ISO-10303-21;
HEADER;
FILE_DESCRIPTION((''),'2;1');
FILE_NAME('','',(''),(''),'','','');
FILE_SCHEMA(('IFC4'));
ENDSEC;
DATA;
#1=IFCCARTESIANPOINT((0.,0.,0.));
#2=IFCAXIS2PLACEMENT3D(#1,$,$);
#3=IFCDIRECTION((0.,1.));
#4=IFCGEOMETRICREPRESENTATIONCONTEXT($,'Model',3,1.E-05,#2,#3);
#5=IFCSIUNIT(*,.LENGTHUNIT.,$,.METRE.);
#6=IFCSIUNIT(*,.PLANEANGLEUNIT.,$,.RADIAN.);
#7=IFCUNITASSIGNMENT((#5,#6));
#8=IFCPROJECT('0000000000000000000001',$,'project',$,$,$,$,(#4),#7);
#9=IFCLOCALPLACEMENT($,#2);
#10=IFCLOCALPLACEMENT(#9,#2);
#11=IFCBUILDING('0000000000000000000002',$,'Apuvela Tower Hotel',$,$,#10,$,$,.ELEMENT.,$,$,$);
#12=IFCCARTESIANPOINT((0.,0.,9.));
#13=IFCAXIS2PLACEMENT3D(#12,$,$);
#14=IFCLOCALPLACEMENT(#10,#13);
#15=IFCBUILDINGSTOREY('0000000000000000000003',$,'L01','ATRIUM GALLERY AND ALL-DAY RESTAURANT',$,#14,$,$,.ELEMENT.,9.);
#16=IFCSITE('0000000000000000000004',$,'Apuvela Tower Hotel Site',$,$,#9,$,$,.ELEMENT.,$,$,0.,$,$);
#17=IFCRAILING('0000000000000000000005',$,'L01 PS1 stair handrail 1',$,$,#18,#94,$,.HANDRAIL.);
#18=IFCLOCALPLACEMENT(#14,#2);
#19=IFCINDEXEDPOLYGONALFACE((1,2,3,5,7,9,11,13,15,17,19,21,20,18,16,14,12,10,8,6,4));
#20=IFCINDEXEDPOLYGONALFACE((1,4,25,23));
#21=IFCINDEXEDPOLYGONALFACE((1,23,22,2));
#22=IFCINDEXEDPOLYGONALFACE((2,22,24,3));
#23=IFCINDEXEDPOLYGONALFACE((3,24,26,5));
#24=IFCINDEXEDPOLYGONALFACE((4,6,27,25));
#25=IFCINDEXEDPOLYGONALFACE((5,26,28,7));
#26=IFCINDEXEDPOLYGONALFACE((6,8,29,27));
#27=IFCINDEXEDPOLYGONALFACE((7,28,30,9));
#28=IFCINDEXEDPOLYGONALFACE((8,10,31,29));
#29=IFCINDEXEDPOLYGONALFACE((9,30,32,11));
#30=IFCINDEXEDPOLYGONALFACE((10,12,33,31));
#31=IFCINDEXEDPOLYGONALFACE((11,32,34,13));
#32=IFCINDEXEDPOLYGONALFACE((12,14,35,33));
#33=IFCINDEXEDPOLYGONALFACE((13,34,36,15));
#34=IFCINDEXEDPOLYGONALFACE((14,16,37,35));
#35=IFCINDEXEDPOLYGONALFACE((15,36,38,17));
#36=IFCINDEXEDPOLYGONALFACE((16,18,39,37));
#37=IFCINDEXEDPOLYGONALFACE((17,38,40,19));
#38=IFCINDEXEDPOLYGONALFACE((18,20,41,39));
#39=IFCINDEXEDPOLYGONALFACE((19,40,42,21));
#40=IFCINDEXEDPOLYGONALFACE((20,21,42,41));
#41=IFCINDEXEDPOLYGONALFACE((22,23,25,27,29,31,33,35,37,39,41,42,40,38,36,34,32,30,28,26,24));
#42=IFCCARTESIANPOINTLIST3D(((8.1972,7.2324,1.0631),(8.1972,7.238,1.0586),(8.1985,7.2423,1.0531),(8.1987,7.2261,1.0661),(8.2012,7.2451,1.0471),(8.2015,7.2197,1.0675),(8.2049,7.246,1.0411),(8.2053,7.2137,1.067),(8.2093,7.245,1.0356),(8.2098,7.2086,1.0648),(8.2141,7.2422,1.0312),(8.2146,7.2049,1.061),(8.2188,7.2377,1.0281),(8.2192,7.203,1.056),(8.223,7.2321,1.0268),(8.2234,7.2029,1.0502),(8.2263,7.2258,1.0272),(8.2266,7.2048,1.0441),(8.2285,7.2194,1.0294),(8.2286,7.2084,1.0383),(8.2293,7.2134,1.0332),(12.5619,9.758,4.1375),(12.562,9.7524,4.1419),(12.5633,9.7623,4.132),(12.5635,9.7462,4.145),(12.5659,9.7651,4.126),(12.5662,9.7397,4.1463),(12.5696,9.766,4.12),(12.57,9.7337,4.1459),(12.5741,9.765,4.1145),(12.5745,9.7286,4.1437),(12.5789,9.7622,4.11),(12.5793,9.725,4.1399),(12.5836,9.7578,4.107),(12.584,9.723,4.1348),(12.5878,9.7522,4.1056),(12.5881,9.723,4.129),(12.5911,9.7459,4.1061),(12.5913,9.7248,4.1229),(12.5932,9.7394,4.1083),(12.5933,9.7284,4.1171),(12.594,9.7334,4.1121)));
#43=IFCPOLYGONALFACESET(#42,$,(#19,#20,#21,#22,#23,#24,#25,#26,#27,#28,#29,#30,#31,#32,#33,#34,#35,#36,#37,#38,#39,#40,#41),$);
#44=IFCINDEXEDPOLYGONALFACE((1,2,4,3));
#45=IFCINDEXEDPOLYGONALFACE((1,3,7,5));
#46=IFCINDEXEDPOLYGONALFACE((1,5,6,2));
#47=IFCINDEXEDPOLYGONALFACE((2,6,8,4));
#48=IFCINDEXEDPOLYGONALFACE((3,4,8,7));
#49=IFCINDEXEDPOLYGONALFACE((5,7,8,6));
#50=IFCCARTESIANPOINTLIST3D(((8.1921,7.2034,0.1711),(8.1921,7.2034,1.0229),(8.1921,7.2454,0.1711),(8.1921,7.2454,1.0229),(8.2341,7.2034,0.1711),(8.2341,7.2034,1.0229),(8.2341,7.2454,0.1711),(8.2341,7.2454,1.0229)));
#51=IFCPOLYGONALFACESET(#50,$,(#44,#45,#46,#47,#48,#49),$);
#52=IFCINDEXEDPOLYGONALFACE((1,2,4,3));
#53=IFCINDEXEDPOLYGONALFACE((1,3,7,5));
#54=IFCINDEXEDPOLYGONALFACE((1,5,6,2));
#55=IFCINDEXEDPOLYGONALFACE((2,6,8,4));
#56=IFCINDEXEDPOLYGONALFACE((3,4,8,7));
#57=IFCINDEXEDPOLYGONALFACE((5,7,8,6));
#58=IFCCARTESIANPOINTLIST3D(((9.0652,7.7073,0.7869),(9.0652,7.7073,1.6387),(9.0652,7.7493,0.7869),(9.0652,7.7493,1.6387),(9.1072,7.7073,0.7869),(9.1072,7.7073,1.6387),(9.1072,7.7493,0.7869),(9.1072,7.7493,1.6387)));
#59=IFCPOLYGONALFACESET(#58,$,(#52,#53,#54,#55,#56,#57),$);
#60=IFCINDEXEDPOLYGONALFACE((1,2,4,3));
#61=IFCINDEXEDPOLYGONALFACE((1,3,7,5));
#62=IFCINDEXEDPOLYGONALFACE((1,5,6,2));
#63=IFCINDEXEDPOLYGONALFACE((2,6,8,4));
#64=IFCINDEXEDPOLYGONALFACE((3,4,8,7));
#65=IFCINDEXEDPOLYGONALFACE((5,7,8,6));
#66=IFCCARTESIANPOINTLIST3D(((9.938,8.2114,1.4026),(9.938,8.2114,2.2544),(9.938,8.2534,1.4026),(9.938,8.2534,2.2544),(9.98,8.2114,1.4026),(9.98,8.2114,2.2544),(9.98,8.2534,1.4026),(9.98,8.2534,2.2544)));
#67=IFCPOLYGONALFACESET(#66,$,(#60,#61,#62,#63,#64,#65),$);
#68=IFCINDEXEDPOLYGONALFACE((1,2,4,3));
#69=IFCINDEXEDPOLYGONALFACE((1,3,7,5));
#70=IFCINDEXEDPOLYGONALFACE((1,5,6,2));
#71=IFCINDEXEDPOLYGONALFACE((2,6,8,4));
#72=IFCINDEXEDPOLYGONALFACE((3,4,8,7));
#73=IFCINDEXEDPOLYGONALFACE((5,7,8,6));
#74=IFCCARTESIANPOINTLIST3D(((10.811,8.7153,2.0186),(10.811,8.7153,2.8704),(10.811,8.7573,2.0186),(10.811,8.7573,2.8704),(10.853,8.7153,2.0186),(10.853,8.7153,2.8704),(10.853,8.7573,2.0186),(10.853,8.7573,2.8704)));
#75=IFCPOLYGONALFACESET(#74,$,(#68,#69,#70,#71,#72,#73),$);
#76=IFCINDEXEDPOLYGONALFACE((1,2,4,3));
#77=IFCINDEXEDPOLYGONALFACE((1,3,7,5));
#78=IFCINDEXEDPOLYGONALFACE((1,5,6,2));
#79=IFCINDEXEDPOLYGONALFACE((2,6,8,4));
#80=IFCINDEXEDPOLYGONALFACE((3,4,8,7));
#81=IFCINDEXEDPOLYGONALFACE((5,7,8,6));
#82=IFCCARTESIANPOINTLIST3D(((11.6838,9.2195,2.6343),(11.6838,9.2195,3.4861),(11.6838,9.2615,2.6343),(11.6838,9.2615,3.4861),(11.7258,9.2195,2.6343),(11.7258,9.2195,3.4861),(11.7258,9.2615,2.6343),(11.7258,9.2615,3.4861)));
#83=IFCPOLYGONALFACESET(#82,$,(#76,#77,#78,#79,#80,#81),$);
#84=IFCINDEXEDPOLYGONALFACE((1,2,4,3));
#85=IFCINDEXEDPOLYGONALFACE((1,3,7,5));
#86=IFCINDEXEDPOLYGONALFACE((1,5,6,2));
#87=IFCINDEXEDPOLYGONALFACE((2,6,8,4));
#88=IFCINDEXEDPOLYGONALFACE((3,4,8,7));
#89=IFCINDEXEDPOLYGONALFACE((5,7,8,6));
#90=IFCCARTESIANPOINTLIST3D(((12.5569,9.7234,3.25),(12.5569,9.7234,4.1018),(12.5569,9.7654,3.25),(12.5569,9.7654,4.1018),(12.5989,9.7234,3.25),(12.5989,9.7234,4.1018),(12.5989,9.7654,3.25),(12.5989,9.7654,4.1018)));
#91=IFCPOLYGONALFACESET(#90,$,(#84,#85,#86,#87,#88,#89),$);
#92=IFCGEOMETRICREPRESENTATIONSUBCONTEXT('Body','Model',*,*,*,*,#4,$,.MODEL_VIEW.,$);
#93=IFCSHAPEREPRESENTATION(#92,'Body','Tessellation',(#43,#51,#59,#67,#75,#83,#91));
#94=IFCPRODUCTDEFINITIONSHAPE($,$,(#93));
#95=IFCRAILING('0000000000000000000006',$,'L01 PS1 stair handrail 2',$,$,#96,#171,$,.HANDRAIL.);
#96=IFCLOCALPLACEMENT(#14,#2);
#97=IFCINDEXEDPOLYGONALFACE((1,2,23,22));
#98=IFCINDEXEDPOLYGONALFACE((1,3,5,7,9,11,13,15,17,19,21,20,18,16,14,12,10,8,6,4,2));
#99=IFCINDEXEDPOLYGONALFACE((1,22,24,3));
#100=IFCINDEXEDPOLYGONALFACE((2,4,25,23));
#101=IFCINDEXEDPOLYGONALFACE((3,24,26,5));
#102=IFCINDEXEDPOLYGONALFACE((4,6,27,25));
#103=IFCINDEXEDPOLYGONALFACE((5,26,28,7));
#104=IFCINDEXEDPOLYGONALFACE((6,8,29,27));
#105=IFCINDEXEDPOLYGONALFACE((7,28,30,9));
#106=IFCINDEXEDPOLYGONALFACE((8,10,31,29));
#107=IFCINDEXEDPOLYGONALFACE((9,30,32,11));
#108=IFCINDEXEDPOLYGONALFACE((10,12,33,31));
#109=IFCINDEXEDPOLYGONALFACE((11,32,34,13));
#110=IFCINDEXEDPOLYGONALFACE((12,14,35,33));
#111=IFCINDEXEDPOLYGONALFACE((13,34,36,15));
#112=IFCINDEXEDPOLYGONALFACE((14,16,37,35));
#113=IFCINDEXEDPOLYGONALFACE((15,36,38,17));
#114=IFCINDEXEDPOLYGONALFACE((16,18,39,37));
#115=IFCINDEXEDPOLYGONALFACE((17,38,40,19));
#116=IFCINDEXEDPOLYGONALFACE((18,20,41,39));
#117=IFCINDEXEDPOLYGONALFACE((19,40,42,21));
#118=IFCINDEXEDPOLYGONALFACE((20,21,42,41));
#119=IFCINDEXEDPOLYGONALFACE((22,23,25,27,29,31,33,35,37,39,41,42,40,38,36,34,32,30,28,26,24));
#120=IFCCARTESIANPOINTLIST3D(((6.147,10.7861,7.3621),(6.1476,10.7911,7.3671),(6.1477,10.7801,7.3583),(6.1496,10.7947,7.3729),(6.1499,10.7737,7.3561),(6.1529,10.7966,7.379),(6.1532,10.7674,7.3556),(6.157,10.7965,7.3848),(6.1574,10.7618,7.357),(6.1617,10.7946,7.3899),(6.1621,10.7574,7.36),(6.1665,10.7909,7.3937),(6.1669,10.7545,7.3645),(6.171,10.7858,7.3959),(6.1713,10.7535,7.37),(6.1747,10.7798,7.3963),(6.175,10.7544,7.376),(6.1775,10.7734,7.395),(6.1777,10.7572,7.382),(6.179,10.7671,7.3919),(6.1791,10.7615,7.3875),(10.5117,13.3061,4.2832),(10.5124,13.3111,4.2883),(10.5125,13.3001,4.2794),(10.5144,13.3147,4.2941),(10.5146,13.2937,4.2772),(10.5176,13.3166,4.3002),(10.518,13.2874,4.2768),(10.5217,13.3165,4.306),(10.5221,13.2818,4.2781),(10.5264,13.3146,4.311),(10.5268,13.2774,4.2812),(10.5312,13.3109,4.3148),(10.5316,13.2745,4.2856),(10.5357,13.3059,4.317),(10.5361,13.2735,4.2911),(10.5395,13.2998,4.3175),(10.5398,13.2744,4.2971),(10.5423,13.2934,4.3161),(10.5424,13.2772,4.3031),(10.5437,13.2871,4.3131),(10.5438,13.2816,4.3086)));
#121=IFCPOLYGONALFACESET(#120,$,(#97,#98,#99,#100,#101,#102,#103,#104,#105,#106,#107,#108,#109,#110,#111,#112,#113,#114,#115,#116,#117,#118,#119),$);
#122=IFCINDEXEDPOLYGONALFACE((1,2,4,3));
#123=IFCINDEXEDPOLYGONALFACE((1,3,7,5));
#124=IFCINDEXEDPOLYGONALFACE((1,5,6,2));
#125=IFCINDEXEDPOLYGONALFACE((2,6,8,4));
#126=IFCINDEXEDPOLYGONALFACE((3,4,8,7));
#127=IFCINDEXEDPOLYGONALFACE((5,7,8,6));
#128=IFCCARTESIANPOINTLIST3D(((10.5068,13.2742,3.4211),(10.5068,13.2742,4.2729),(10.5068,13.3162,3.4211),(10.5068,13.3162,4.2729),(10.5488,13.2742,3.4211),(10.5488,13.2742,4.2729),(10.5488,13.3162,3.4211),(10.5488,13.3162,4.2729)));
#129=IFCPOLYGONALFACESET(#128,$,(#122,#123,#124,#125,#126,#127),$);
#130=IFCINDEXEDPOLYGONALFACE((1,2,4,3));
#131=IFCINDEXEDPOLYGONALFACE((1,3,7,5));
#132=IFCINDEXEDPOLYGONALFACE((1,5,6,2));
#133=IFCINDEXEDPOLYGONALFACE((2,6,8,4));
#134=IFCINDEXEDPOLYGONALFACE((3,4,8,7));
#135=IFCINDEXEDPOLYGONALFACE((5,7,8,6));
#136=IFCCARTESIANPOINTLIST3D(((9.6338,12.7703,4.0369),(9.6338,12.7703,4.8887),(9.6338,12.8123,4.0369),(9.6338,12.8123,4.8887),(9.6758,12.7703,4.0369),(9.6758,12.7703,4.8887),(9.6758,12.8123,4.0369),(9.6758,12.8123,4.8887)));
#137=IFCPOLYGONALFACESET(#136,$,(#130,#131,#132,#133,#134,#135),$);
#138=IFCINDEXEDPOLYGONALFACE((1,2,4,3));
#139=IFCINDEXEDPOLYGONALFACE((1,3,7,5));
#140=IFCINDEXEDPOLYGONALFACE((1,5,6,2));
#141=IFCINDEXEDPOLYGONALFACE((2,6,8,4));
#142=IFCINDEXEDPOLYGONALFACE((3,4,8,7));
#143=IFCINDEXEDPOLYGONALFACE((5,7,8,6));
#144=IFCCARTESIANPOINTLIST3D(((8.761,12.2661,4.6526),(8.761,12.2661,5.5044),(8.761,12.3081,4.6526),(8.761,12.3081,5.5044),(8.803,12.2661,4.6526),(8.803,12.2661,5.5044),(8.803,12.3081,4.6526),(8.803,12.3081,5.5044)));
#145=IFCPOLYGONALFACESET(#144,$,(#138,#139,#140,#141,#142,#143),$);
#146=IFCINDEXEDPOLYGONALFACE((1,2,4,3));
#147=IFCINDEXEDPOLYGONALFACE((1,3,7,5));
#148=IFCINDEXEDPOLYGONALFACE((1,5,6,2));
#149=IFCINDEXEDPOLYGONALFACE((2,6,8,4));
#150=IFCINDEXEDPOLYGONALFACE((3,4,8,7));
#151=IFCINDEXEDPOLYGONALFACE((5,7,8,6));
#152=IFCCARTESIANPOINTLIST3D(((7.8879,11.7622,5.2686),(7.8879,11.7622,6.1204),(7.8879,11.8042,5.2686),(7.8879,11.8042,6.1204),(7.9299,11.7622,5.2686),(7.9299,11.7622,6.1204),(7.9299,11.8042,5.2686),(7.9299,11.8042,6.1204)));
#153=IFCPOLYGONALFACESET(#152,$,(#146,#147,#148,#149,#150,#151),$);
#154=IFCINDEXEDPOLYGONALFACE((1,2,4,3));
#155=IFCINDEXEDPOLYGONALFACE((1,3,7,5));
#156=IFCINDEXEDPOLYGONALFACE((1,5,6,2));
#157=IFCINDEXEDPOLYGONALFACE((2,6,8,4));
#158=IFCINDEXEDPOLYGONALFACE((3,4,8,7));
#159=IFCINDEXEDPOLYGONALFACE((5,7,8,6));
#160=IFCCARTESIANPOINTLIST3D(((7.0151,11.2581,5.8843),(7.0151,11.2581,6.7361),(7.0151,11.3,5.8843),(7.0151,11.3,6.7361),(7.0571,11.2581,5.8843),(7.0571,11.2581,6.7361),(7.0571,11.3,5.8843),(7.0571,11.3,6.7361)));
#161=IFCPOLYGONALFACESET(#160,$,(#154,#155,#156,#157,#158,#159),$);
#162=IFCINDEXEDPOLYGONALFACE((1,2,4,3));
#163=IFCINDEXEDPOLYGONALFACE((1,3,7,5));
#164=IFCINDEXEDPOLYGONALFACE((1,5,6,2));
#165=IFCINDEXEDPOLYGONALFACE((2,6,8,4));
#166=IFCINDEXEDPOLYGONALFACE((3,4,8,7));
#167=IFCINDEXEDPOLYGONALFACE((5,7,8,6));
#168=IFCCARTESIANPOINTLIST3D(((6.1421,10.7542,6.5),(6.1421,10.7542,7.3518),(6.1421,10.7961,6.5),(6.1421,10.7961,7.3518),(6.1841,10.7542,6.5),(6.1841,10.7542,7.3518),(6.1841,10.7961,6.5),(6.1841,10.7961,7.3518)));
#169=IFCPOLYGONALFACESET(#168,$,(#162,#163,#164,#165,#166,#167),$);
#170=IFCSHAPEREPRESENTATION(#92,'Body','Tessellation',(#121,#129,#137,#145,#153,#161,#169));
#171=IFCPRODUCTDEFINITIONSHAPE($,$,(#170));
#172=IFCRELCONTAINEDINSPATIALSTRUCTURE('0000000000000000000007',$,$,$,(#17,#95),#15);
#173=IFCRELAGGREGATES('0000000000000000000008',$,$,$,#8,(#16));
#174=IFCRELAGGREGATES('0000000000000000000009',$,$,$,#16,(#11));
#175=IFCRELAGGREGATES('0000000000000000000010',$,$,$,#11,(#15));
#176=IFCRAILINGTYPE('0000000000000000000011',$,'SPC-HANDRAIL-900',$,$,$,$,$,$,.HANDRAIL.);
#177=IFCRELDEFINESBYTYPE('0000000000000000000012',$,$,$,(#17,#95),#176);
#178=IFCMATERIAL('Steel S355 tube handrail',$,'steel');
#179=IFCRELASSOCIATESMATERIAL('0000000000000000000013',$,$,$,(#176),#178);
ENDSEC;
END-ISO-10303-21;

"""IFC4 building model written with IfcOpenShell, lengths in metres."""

from ifc_helpers import new_model, si_unit, direction, frame, origin, origin_2d, place, context, subcontext, project, spatial, rectangle, circle, extrude, material, type_object, element, save


model = new_model("IFC4")

# Units and contexts
model_context = context("Model", 3, precision=1e-05, world=origin(), true_north=direction((0.0, 1.0)))
body_context = subcontext(model_context, "Body", "Model", "MODEL_VIEW")
ifc_project = project(units=[si_unit("LENGTHUNIT", "METRE"), si_unit("PLANEANGLEUNIT", "RADIAN")], contexts=[model_context])

# Site, building, storey
site_placement = place(None, origin())
site = spatial("IfcSite", under=ifc_project, at=site_placement, Name="Apuvela Tower Hotel Site", CompositionType="ELEMENT", RefElevation=0.0)
building_placement = place(site_placement, origin())
building = spatial("IfcBuilding", under=site, at=building_placement, Name="Apuvela Tower Hotel", CompositionType="ELEMENT")
storey_placement = place(building_placement, frame((0.0, 0.0, 9.0)))
storey = spatial("IfcBuildingStorey", under=building, at=storey_placement, Name="L01", Description="ATRIUM GALLERY AND ALL-DAY RESTAURANT", CompositionType="ELEMENT", Elevation=9.0)

# Railings
ifc_material_1 = material(Name="Steel S355 tube handrail", Category="steel")
railing_type_1 = type_object("IfcRailingType", Name="SPC-HANDRAIL-900", PredefinedType="HANDRAIL", material=ifc_material_1)
railing_1_placement = place(storey_placement, frame((8.2131, 7.2244, 0.1711)))
element("IfcRailing", 1, at=railing_1_placement, inside=storey, type_object=railing_type_1, Name="L01 PS1 stair handrail 1", PredefinedType="HANDRAIL", context=body_context, shape_type="SweptSolid", body=[
    extrude(circle(Radius=0.0239, at=origin_2d()), frame((0.0, 0.0, 0.876), z_axis=(0.739036, 0.426688, 0.52131), x_axis=(-0.500005, 0.866023, 0.0)), (0.0, 0.0, 1.0), 5.906),
    extrude(rectangle(XDim=0.042, YDim=0.042, at=origin_2d()), origin(), (0.0, 0.0, 1.0), 0.8518),
    extrude(rectangle(XDim=0.042, YDim=0.042, at=origin_2d()), frame((0.873, 0.5039, 0.6157)), (0.0, 0.0, 1.0), 0.8518),
    extrude(rectangle(XDim=0.042, YDim=0.042, at=origin_2d()), frame((1.7458, 1.0081, 1.2314)), (0.0, 0.0, 1.0), 0.8518),
    extrude(rectangle(XDim=0.042, YDim=0.042, at=origin_2d()), frame((2.6189, 1.512, 1.8474)), (0.0, 0.0, 1.0), 0.8518),
    extrude(rectangle(XDim=0.042, YDim=0.042, at=origin_2d()), frame((3.4917, 2.0161, 2.4631)), (0.0, 0.0, 1.0), 0.8518),
    extrude(rectangle(XDim=0.042, YDim=0.042, at=origin_2d()), frame((4.3647, 2.52, 3.0789)), (0.0, 0.0, 1.0), 0.8518),
])
railing_2_placement = place(storey_placement, frame((10.5278, 13.2952, 3.4211)))
element("IfcRailing", 2, at=railing_2_placement, inside=storey, type_object=railing_type_1, Name="L01 PS1 stair handrail 2", PredefinedType="HANDRAIL", context=body_context, shape_type="SweptSolid", body=[
    extrude(circle(Radius=0.0239, at=origin_2d()), frame((0.0, 0.0, 0.876), z_axis=(-0.739036, -0.426688, 0.52131), x_axis=(0.500005, -0.866023, 0.0)), (0.0, 0.0, 1.0), 5.906),
    extrude(rectangle(XDim=0.042, YDim=0.042, at=origin_2d()), origin(), (0.0, 0.0, 1.0), 0.8518),
    extrude(rectangle(XDim=0.042, YDim=0.042, at=origin_2d()), frame((-0.873, -0.5039, 0.6157)), (0.0, 0.0, 1.0), 0.8518),
    extrude(rectangle(XDim=0.042, YDim=0.042, at=origin_2d()), frame((-1.7458, -1.0081, 1.2314)), (0.0, 0.0, 1.0), 0.8518),
    extrude(rectangle(XDim=0.042, YDim=0.042, at=origin_2d()), frame((-2.6189, -1.512, 1.8474)), (0.0, 0.0, 1.0), 0.8518),
    extrude(rectangle(XDim=0.042, YDim=0.042, at=origin_2d()), frame((-3.4917, -2.0161, 2.4631)), (0.0, 0.0, 1.0), 0.8518),
    extrude(rectangle(XDim=0.042, YDim=0.042, at=origin_2d()), frame((-4.3647, -2.52, 3.0789)), (0.0, 0.0, 1.0), 0.8518),
])

save(model, "model.ifc")
